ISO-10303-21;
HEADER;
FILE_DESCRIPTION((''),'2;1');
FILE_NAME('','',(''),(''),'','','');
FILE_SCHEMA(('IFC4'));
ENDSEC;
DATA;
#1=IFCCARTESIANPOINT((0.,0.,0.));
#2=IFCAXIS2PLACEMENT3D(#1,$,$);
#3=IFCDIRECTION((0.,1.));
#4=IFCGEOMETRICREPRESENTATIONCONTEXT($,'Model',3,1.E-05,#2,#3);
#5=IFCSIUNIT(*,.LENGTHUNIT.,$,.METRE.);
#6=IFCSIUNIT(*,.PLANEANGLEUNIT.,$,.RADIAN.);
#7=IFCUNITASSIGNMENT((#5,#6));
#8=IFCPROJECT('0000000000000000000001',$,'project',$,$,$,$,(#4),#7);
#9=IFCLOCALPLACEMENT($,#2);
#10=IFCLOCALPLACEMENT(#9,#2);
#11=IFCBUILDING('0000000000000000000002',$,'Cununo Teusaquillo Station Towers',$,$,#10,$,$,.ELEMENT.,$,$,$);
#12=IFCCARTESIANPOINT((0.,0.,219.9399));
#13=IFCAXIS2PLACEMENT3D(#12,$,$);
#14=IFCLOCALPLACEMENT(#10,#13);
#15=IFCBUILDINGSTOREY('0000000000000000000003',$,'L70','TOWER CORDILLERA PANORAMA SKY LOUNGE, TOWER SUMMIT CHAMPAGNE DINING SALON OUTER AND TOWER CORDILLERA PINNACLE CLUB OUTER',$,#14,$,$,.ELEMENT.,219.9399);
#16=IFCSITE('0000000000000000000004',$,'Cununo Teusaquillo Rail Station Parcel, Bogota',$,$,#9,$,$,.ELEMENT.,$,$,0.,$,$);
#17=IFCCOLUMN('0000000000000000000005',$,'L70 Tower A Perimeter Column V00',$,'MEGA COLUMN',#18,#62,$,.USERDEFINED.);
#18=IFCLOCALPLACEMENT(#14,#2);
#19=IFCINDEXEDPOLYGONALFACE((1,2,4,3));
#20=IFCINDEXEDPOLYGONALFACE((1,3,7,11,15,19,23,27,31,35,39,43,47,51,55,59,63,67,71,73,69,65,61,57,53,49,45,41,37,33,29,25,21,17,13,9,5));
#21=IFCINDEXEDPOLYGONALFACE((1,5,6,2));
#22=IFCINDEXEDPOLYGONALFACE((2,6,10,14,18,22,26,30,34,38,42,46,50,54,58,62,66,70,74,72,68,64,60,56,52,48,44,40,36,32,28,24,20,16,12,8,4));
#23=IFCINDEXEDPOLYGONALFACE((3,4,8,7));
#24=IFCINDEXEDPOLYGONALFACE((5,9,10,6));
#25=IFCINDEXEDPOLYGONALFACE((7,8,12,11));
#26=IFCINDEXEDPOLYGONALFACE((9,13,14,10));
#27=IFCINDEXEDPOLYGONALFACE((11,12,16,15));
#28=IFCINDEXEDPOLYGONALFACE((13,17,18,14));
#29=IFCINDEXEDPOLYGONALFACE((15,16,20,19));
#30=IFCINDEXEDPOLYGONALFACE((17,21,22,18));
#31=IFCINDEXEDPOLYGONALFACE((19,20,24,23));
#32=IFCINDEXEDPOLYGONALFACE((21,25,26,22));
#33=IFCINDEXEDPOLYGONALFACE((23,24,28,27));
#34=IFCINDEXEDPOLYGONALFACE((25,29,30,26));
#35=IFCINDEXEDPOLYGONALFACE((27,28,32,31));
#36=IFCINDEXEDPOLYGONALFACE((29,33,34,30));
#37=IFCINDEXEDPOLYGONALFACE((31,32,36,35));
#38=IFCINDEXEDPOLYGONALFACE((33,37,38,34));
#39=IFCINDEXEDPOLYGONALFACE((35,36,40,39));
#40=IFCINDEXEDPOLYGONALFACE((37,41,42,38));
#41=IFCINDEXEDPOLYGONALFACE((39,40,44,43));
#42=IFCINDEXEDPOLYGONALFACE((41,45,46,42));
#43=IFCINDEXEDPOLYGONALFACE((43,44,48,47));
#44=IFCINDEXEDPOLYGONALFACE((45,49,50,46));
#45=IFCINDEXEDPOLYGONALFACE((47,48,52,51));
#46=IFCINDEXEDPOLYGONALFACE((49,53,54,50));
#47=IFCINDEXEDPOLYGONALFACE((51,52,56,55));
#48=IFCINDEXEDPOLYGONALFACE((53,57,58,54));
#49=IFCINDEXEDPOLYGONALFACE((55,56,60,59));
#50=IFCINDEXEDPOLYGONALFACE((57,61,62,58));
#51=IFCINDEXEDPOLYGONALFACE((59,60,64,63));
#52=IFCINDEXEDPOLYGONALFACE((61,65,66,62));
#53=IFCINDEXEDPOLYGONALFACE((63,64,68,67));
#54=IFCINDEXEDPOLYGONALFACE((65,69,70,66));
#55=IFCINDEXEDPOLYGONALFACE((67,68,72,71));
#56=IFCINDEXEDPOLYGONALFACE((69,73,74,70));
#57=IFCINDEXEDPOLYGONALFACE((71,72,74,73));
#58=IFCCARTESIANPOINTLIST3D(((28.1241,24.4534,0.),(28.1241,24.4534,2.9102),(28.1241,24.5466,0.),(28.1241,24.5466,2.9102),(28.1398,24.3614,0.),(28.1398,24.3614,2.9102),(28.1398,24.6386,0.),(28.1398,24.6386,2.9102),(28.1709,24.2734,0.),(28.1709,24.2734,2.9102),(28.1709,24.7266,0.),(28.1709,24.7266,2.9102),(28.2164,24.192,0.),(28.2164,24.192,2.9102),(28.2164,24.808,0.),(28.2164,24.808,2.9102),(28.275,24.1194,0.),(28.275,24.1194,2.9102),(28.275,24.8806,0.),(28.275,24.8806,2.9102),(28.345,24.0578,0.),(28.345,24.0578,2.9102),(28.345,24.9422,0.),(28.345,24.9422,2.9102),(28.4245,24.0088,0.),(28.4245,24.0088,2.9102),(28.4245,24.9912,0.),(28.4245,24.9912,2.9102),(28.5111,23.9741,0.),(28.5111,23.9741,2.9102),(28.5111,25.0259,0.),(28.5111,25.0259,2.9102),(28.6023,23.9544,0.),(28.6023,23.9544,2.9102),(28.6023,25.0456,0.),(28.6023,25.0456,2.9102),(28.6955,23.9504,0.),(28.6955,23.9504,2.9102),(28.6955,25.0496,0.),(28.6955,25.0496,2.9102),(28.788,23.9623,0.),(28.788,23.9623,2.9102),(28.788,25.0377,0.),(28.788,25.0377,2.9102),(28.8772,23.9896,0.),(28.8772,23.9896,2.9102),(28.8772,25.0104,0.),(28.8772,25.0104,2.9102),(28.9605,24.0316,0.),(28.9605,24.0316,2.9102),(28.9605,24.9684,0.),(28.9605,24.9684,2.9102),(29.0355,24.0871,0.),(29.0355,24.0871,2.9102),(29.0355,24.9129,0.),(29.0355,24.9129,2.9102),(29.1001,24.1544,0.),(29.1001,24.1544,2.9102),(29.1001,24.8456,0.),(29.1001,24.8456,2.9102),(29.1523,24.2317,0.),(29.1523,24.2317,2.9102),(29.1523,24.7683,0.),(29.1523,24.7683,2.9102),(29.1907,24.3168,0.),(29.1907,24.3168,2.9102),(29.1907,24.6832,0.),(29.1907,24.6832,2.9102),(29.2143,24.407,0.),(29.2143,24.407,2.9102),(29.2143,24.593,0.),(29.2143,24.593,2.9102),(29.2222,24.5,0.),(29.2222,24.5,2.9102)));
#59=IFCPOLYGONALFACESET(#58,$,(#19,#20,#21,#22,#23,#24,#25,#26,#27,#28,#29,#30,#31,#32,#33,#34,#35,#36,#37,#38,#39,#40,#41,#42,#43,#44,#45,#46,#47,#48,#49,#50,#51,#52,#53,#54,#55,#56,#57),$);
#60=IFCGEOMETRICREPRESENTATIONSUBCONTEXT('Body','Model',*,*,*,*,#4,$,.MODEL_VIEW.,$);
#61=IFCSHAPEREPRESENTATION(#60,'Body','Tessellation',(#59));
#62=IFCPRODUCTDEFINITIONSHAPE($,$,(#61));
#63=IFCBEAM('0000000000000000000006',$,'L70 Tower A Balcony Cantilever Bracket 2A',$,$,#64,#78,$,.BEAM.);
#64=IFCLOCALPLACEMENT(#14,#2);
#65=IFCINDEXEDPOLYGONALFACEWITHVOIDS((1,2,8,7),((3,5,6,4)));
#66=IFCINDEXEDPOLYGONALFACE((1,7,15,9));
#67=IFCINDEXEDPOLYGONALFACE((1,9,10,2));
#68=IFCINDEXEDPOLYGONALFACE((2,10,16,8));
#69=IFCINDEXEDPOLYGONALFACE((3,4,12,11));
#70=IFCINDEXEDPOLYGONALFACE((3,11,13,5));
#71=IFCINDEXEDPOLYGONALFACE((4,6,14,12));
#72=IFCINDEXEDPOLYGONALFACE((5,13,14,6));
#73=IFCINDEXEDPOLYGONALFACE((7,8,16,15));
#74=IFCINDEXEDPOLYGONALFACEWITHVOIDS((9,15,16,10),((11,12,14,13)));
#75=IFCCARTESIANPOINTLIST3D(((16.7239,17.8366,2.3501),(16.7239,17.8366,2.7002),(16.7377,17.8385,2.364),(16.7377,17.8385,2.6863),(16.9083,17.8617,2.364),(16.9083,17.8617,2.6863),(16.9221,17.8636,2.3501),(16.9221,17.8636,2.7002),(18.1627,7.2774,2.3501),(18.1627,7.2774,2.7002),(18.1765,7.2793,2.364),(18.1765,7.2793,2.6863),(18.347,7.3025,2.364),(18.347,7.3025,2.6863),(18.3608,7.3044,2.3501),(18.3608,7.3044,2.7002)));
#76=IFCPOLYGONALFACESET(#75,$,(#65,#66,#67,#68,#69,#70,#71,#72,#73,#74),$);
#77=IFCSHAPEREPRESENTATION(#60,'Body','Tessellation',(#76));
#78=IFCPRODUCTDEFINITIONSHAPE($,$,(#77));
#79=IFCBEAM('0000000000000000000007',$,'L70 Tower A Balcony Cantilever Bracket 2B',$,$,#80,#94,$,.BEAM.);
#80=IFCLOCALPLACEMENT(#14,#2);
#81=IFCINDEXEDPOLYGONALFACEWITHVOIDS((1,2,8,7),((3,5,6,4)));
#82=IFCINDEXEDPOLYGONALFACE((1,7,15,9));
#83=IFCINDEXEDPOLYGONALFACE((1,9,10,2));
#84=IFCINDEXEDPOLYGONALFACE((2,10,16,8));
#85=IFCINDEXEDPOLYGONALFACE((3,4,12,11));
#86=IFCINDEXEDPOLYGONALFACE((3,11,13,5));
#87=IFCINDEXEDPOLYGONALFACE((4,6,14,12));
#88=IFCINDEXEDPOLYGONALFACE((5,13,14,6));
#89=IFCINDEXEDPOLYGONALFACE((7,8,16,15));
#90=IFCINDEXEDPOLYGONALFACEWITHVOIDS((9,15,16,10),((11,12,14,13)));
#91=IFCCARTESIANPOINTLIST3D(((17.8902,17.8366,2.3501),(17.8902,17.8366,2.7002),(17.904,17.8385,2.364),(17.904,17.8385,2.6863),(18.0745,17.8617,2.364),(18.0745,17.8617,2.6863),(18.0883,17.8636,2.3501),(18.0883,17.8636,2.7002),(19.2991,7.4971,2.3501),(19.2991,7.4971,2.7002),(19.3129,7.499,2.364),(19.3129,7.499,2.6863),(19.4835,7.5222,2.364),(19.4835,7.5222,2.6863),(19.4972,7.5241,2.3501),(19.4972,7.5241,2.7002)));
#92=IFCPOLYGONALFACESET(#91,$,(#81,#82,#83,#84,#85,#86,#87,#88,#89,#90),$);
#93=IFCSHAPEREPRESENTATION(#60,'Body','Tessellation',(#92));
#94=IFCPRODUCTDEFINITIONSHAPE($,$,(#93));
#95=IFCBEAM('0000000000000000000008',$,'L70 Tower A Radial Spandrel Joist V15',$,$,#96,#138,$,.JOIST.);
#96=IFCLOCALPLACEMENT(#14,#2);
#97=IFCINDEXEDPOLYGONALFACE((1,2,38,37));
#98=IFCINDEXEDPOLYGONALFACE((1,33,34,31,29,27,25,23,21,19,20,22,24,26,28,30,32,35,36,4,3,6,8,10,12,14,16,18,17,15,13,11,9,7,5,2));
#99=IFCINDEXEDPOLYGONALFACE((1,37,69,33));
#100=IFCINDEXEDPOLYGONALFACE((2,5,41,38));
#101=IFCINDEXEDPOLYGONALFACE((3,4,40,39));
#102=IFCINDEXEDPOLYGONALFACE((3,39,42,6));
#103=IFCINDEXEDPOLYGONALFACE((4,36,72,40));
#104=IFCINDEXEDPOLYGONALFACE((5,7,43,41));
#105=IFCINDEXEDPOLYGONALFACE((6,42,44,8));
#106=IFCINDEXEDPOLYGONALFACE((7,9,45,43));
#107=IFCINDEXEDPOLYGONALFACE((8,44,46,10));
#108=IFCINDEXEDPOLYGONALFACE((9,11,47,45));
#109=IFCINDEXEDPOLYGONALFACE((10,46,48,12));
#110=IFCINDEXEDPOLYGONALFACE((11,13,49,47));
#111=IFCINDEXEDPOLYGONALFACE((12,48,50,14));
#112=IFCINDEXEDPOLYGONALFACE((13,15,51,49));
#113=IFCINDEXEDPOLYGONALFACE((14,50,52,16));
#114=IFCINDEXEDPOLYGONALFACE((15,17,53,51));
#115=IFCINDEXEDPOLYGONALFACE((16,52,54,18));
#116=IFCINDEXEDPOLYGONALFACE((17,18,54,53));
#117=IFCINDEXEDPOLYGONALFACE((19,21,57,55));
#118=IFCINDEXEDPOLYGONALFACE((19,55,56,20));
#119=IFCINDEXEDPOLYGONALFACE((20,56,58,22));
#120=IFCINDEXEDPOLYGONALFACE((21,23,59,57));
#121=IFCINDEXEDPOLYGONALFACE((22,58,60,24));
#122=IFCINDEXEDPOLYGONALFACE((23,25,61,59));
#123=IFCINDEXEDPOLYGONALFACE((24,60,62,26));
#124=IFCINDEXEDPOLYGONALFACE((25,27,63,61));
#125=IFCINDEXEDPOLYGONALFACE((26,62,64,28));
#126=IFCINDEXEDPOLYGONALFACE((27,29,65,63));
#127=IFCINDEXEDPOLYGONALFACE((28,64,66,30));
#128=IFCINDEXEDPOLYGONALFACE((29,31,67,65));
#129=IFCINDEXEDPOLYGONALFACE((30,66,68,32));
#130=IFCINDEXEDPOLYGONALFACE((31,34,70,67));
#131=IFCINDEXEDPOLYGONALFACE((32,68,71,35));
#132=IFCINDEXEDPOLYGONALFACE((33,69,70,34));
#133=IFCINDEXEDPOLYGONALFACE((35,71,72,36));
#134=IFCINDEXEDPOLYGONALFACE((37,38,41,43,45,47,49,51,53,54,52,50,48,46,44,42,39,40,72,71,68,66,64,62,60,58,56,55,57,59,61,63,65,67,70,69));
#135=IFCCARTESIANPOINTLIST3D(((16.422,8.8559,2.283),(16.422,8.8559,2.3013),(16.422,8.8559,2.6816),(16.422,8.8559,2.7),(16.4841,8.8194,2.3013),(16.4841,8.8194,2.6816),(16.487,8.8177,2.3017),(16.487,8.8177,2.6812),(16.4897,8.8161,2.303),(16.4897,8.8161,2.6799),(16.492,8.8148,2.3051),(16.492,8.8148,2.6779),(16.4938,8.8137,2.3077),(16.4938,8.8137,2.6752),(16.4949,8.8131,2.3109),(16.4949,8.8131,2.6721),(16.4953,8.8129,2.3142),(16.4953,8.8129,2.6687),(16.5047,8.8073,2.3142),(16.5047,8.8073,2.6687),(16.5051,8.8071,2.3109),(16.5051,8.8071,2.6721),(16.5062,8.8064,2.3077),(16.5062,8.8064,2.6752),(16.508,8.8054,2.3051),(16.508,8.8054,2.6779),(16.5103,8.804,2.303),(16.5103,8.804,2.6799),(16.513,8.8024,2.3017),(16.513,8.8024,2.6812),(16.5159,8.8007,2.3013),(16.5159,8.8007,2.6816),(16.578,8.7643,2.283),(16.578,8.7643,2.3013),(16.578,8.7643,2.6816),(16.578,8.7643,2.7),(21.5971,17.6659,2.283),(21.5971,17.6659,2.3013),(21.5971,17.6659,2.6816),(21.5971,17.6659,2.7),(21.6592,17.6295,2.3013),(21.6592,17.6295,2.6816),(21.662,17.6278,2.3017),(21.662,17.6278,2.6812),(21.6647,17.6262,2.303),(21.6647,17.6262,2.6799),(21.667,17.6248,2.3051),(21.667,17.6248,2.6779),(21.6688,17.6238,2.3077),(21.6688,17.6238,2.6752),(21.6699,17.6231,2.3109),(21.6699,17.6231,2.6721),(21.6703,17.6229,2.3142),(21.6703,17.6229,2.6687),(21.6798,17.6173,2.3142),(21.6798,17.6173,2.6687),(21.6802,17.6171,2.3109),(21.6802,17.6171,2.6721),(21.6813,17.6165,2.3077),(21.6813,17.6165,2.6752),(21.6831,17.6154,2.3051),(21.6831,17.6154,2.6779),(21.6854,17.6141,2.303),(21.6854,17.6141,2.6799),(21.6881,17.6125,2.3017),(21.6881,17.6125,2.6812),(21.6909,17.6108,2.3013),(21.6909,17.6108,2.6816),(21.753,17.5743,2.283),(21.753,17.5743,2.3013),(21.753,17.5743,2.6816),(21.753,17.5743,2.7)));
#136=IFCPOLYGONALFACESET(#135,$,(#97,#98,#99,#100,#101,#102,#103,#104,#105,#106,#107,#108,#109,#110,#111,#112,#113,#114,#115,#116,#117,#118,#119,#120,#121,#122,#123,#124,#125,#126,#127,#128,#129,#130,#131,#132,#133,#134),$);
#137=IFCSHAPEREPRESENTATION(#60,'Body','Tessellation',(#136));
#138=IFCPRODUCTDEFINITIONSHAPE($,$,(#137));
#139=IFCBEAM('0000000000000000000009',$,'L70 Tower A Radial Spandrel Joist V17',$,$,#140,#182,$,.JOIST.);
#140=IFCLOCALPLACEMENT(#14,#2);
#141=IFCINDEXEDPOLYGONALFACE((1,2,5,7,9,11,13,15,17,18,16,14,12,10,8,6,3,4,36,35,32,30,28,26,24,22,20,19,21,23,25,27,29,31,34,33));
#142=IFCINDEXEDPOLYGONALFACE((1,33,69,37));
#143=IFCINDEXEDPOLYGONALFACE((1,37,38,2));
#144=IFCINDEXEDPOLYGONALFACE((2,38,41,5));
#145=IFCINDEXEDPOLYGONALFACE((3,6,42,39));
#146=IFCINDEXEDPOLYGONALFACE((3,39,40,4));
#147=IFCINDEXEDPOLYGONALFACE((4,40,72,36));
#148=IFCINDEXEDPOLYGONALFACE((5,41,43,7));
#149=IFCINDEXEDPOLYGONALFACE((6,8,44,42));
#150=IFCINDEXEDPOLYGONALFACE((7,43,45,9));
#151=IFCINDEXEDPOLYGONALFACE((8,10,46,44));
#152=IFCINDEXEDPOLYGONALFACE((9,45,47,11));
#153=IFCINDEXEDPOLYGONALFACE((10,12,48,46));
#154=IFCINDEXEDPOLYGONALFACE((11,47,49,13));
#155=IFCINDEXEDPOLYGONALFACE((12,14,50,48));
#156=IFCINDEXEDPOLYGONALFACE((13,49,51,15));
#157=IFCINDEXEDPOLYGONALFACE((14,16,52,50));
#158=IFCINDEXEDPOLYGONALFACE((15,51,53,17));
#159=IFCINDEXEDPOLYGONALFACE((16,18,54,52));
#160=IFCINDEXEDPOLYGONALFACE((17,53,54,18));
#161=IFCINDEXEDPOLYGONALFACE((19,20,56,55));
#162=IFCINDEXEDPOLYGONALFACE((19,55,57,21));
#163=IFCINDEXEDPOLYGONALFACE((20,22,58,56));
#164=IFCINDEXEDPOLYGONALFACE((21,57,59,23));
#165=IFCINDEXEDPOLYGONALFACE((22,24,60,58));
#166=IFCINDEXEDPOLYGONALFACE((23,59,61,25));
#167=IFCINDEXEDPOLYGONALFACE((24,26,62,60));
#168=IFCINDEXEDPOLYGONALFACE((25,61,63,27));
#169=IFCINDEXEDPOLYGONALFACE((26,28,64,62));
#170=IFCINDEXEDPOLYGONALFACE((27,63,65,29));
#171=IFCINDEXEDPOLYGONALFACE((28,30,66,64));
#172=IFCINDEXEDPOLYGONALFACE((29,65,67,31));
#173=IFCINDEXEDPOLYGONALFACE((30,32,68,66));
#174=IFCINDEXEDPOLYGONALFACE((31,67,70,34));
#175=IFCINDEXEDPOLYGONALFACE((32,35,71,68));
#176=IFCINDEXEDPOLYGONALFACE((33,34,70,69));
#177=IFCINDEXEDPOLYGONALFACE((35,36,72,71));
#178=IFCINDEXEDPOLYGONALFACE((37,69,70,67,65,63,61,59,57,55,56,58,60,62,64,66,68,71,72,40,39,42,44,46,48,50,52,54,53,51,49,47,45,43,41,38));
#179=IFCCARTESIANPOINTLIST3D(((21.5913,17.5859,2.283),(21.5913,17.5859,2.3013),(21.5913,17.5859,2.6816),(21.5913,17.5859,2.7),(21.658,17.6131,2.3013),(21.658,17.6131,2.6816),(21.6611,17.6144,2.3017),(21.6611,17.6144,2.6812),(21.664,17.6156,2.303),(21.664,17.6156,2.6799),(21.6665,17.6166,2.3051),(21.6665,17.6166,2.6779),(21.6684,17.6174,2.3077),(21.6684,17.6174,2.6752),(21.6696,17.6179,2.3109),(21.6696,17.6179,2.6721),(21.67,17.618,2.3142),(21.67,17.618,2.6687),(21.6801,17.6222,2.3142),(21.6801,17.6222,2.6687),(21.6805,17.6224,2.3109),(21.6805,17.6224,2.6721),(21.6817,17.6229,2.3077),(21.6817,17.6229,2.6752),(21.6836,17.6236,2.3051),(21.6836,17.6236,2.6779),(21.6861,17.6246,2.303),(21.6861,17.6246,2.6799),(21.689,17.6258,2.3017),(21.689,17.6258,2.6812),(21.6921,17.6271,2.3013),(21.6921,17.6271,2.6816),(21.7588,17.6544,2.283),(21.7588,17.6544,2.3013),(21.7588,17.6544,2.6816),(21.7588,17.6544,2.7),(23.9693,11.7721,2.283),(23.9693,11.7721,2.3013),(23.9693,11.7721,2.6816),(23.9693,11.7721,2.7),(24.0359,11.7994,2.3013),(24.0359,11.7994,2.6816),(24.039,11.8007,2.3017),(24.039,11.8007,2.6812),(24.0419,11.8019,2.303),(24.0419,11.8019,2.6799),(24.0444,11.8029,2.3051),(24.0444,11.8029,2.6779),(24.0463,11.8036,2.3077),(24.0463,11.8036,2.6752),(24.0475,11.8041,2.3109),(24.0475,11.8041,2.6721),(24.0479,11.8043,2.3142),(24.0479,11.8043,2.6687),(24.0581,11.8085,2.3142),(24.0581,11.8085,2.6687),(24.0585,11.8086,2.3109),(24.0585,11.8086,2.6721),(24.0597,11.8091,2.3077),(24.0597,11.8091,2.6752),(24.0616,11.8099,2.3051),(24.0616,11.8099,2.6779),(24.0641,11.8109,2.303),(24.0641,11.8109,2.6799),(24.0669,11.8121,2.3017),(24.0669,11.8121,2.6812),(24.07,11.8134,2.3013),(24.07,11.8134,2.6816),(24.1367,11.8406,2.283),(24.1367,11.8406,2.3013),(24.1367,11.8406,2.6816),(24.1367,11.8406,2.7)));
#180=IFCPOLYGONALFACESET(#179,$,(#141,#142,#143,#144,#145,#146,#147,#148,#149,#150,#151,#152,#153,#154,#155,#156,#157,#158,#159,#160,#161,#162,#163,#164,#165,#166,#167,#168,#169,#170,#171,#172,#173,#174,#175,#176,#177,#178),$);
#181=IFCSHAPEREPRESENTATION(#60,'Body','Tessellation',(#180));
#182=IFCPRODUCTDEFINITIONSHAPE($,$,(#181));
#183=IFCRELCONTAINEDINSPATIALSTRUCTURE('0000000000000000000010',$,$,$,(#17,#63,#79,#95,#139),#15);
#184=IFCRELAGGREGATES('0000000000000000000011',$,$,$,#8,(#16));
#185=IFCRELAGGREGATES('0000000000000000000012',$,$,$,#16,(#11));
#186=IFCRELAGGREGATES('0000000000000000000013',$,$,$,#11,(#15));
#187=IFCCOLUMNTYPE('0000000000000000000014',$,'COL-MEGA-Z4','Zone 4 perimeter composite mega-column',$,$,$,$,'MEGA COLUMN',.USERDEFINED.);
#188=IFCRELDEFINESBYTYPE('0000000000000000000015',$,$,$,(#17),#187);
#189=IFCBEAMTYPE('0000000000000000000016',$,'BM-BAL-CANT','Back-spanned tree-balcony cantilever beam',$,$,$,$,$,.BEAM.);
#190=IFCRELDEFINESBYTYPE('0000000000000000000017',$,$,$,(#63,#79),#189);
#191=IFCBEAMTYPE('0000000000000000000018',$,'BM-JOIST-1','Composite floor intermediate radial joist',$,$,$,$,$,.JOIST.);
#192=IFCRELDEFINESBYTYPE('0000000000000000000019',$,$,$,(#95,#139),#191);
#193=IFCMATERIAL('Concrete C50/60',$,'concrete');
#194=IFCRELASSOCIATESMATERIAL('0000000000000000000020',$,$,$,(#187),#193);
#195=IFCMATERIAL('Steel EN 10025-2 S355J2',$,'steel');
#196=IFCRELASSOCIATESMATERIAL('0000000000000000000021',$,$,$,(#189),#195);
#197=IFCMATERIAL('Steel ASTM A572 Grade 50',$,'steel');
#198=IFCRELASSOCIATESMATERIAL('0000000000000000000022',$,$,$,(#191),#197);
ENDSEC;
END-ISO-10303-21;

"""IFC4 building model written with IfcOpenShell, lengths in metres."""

from ifc_helpers import new_model, si_unit, direction, frame, origin, origin_2d, place, context, subcontext, project, spatial, hollow_rectangle, circle, i_section, extrude, material, material_profile, profile_set, type_object, element, save


model = new_model("IFC4")

# Units and contexts
model_context = context("Model", 3, precision=1e-05, world=origin(), true_north=direction((0.0, 1.0)))
body_context = subcontext(model_context, "Body", "Model", "MODEL_VIEW")
ifc_project = project(units=[si_unit("LENGTHUNIT", "METRE"), si_unit("PLANEANGLEUNIT", "RADIAN")], contexts=[model_context])

# Site, building, storey
site_placement = place(None, origin())
site = spatial("IfcSite", under=ifc_project, at=site_placement, Name="Cununo Teusaquillo Rail Station Parcel, Bogota", CompositionType="ELEMENT", RefElevation=0.0)
building_placement = place(site_placement, origin())
building = spatial("IfcBuilding", under=site, at=building_placement, Name="Cununo Teusaquillo Station Towers", CompositionType="ELEMENT")
storey_placement = place(building_placement, frame((0.0, 0.0, 219.9399)))
storey = spatial("IfcBuildingStorey", under=building, at=storey_placement, Name="L70", Description="TOWER CORDILLERA PANORAMA SKY LOUNGE, TOWER SUMMIT CHAMPAGNE DINING SALON OUTER AND TOWER CORDILLERA PINNACLE CLUB OUTER", CompositionType="ELEMENT", Elevation=219.9399)

# Column
ifc_material_1 = material(Name="Concrete C50/60", Category="concrete")
ifc_material_profile_1 = material_profile(ifc_material_1, circle(Radius=0.55, at=origin_2d()), Name="RC-CIRC-1100")
ifc_profile_set_1 = profile_set([ifc_material_profile_1], Name="Concrete C50/60")
column_type = type_object("IfcColumnType", Name="COL-MEGA-Z4", Description="Zone 4 perimeter composite mega-column", ElementType="MEGA COLUMN", PredefinedType="USERDEFINED", material=ifc_profile_set_1)
column_placement = place(storey_placement, frame((28.6721, 24.5, 0.0), z_axis=(0.0, 0.0, 1.0), x_axis=(1.0, 0.0, 0.0)))
element("IfcColumn", 1, at=column_placement, inside=storey, type_object=column_type, Name="L70 Tower A Perimeter Column V00", ObjectType="MEGA COLUMN", PredefinedType="USERDEFINED", context=body_context, shape_type="SweptSolid", body=[
    extrude(circle(Radius=0.55, at=origin_2d()), origin(), (0.0, 0.0, 1.0), 2.9102),
])

# Beams
ifc_material_2 = material(Name="Steel EN 10025-2 S355J2", Category="steel")
ifc_material_profile_2 = material_profile(ifc_material_2, hollow_rectangle(XDim=0.2, YDim=0.3501, WallThickness=0.0139, at=origin_2d()), Name="RHS 350x200x14")
ifc_profile_set_2 = profile_set([ifc_material_profile_2], Name="Steel EN 10025-2 S355J2")
beam_type_1 = type_object("IfcBeamType", Name="BM-BAL-CANT", Description="Back-spanned tree-balcony cantilever beam", PredefinedType="BEAM", material=ifc_profile_set_2)
beam_1_placement = place(storey_placement, frame((16.823, 17.8501, 2.5251), z_axis=(0.135007, -0.990845, 0.0), x_axis=(0.990845, 0.135007, 0.0)))
element("IfcBeam", 2, at=beam_1_placement, inside=storey, type_object=beam_type_1, Name="L70 Tower A Balcony Cantilever Bracket 2A", PredefinedType="BEAM", context=body_context, shape_type="SweptSolid", body=[
    extrude(hollow_rectangle(XDim=0.2, YDim=0.3501, WallThickness=0.0139, at=origin_2d()), origin(), (0.0, 0.0, 1.0), 10.6567),
])
beam_2_placement = place(storey_placement, frame((17.9893, 17.8501, 2.5251), z_axis=(0.135018, -0.990843, 0.0), x_axis=(0.990843, 0.135018, 0.0)))
element("IfcBeam", 3, at=beam_2_placement, inside=storey, type_object=beam_type_1, Name="L70 Tower A Balcony Cantilever Bracket 2B", PredefinedType="BEAM", context=body_context, shape_type="SweptSolid", body=[
    extrude(hollow_rectangle(XDim=0.2, YDim=0.3501, WallThickness=0.0139, at=origin_2d()), origin(), (0.0, 0.0, 1.0), 10.4351),
])
ifc_material_3 = material(Name="Steel ASTM A572 Grade 50", Category="steel")
ifc_material_profile_3 = material_profile(ifc_material_3, i_section(OverallWidth=0.1809, OverallDepth=0.417, WebThickness=0.011, FlangeThickness=0.0183, FilletRadius=0.0129, at=origin_2d()), Name="W16X57")
ifc_profile_set_3 = profile_set([ifc_material_profile_3], Name="Steel ASTM A572 Grade 50")
beam_type_2 = type_object("IfcBeamType", Name="BM-JOIST-1", Description="Composite floor intermediate radial joist", PredefinedType="JOIST", material=ifc_profile_set_3)
beam_3_placement = place(storey_placement, frame((21.675, 17.6201, 2.4915), z_axis=(-0.506486, -0.862248, 0.0), x_axis=(0.862248, -0.506486, 0.0)))
element("IfcBeam", 4, at=beam_3_placement, inside=storey, type_object=beam_type_2, Name="L70 Tower A Radial Spandrel Joist V15", PredefinedType="JOIST", context=body_context, shape_type="SweptSolid", body=[
    extrude(i_section(OverallWidth=0.1809, OverallDepth=0.417, WebThickness=0.011, FlangeThickness=0.0183, FilletRadius=0.0129, at=origin_2d()), origin(), (0.0, 0.0, 1.0), 10.2175),
])
beam_4_placement = place(storey_placement, frame((21.675, 17.6201, 2.4915), z_axis=(0.378577, -0.92557, 0.0), x_axis=(0.92557, 0.378577, 0.0)))
element("IfcBeam", 5, at=beam_4_placement, inside=storey, type_object=beam_type_2, Name="L70 Tower A Radial Spandrel Joist V17", PredefinedType="JOIST", context=body_context, shape_type="SweptSolid", body=[
    extrude(i_section(OverallWidth=0.1809, OverallDepth=0.417, WebThickness=0.011, FlangeThickness=0.0183, FilletRadius=0.0129, at=origin_2d()), origin(), (0.0, 0.0, 1.0), 6.2812),
])

save(model, "model.ifc")
